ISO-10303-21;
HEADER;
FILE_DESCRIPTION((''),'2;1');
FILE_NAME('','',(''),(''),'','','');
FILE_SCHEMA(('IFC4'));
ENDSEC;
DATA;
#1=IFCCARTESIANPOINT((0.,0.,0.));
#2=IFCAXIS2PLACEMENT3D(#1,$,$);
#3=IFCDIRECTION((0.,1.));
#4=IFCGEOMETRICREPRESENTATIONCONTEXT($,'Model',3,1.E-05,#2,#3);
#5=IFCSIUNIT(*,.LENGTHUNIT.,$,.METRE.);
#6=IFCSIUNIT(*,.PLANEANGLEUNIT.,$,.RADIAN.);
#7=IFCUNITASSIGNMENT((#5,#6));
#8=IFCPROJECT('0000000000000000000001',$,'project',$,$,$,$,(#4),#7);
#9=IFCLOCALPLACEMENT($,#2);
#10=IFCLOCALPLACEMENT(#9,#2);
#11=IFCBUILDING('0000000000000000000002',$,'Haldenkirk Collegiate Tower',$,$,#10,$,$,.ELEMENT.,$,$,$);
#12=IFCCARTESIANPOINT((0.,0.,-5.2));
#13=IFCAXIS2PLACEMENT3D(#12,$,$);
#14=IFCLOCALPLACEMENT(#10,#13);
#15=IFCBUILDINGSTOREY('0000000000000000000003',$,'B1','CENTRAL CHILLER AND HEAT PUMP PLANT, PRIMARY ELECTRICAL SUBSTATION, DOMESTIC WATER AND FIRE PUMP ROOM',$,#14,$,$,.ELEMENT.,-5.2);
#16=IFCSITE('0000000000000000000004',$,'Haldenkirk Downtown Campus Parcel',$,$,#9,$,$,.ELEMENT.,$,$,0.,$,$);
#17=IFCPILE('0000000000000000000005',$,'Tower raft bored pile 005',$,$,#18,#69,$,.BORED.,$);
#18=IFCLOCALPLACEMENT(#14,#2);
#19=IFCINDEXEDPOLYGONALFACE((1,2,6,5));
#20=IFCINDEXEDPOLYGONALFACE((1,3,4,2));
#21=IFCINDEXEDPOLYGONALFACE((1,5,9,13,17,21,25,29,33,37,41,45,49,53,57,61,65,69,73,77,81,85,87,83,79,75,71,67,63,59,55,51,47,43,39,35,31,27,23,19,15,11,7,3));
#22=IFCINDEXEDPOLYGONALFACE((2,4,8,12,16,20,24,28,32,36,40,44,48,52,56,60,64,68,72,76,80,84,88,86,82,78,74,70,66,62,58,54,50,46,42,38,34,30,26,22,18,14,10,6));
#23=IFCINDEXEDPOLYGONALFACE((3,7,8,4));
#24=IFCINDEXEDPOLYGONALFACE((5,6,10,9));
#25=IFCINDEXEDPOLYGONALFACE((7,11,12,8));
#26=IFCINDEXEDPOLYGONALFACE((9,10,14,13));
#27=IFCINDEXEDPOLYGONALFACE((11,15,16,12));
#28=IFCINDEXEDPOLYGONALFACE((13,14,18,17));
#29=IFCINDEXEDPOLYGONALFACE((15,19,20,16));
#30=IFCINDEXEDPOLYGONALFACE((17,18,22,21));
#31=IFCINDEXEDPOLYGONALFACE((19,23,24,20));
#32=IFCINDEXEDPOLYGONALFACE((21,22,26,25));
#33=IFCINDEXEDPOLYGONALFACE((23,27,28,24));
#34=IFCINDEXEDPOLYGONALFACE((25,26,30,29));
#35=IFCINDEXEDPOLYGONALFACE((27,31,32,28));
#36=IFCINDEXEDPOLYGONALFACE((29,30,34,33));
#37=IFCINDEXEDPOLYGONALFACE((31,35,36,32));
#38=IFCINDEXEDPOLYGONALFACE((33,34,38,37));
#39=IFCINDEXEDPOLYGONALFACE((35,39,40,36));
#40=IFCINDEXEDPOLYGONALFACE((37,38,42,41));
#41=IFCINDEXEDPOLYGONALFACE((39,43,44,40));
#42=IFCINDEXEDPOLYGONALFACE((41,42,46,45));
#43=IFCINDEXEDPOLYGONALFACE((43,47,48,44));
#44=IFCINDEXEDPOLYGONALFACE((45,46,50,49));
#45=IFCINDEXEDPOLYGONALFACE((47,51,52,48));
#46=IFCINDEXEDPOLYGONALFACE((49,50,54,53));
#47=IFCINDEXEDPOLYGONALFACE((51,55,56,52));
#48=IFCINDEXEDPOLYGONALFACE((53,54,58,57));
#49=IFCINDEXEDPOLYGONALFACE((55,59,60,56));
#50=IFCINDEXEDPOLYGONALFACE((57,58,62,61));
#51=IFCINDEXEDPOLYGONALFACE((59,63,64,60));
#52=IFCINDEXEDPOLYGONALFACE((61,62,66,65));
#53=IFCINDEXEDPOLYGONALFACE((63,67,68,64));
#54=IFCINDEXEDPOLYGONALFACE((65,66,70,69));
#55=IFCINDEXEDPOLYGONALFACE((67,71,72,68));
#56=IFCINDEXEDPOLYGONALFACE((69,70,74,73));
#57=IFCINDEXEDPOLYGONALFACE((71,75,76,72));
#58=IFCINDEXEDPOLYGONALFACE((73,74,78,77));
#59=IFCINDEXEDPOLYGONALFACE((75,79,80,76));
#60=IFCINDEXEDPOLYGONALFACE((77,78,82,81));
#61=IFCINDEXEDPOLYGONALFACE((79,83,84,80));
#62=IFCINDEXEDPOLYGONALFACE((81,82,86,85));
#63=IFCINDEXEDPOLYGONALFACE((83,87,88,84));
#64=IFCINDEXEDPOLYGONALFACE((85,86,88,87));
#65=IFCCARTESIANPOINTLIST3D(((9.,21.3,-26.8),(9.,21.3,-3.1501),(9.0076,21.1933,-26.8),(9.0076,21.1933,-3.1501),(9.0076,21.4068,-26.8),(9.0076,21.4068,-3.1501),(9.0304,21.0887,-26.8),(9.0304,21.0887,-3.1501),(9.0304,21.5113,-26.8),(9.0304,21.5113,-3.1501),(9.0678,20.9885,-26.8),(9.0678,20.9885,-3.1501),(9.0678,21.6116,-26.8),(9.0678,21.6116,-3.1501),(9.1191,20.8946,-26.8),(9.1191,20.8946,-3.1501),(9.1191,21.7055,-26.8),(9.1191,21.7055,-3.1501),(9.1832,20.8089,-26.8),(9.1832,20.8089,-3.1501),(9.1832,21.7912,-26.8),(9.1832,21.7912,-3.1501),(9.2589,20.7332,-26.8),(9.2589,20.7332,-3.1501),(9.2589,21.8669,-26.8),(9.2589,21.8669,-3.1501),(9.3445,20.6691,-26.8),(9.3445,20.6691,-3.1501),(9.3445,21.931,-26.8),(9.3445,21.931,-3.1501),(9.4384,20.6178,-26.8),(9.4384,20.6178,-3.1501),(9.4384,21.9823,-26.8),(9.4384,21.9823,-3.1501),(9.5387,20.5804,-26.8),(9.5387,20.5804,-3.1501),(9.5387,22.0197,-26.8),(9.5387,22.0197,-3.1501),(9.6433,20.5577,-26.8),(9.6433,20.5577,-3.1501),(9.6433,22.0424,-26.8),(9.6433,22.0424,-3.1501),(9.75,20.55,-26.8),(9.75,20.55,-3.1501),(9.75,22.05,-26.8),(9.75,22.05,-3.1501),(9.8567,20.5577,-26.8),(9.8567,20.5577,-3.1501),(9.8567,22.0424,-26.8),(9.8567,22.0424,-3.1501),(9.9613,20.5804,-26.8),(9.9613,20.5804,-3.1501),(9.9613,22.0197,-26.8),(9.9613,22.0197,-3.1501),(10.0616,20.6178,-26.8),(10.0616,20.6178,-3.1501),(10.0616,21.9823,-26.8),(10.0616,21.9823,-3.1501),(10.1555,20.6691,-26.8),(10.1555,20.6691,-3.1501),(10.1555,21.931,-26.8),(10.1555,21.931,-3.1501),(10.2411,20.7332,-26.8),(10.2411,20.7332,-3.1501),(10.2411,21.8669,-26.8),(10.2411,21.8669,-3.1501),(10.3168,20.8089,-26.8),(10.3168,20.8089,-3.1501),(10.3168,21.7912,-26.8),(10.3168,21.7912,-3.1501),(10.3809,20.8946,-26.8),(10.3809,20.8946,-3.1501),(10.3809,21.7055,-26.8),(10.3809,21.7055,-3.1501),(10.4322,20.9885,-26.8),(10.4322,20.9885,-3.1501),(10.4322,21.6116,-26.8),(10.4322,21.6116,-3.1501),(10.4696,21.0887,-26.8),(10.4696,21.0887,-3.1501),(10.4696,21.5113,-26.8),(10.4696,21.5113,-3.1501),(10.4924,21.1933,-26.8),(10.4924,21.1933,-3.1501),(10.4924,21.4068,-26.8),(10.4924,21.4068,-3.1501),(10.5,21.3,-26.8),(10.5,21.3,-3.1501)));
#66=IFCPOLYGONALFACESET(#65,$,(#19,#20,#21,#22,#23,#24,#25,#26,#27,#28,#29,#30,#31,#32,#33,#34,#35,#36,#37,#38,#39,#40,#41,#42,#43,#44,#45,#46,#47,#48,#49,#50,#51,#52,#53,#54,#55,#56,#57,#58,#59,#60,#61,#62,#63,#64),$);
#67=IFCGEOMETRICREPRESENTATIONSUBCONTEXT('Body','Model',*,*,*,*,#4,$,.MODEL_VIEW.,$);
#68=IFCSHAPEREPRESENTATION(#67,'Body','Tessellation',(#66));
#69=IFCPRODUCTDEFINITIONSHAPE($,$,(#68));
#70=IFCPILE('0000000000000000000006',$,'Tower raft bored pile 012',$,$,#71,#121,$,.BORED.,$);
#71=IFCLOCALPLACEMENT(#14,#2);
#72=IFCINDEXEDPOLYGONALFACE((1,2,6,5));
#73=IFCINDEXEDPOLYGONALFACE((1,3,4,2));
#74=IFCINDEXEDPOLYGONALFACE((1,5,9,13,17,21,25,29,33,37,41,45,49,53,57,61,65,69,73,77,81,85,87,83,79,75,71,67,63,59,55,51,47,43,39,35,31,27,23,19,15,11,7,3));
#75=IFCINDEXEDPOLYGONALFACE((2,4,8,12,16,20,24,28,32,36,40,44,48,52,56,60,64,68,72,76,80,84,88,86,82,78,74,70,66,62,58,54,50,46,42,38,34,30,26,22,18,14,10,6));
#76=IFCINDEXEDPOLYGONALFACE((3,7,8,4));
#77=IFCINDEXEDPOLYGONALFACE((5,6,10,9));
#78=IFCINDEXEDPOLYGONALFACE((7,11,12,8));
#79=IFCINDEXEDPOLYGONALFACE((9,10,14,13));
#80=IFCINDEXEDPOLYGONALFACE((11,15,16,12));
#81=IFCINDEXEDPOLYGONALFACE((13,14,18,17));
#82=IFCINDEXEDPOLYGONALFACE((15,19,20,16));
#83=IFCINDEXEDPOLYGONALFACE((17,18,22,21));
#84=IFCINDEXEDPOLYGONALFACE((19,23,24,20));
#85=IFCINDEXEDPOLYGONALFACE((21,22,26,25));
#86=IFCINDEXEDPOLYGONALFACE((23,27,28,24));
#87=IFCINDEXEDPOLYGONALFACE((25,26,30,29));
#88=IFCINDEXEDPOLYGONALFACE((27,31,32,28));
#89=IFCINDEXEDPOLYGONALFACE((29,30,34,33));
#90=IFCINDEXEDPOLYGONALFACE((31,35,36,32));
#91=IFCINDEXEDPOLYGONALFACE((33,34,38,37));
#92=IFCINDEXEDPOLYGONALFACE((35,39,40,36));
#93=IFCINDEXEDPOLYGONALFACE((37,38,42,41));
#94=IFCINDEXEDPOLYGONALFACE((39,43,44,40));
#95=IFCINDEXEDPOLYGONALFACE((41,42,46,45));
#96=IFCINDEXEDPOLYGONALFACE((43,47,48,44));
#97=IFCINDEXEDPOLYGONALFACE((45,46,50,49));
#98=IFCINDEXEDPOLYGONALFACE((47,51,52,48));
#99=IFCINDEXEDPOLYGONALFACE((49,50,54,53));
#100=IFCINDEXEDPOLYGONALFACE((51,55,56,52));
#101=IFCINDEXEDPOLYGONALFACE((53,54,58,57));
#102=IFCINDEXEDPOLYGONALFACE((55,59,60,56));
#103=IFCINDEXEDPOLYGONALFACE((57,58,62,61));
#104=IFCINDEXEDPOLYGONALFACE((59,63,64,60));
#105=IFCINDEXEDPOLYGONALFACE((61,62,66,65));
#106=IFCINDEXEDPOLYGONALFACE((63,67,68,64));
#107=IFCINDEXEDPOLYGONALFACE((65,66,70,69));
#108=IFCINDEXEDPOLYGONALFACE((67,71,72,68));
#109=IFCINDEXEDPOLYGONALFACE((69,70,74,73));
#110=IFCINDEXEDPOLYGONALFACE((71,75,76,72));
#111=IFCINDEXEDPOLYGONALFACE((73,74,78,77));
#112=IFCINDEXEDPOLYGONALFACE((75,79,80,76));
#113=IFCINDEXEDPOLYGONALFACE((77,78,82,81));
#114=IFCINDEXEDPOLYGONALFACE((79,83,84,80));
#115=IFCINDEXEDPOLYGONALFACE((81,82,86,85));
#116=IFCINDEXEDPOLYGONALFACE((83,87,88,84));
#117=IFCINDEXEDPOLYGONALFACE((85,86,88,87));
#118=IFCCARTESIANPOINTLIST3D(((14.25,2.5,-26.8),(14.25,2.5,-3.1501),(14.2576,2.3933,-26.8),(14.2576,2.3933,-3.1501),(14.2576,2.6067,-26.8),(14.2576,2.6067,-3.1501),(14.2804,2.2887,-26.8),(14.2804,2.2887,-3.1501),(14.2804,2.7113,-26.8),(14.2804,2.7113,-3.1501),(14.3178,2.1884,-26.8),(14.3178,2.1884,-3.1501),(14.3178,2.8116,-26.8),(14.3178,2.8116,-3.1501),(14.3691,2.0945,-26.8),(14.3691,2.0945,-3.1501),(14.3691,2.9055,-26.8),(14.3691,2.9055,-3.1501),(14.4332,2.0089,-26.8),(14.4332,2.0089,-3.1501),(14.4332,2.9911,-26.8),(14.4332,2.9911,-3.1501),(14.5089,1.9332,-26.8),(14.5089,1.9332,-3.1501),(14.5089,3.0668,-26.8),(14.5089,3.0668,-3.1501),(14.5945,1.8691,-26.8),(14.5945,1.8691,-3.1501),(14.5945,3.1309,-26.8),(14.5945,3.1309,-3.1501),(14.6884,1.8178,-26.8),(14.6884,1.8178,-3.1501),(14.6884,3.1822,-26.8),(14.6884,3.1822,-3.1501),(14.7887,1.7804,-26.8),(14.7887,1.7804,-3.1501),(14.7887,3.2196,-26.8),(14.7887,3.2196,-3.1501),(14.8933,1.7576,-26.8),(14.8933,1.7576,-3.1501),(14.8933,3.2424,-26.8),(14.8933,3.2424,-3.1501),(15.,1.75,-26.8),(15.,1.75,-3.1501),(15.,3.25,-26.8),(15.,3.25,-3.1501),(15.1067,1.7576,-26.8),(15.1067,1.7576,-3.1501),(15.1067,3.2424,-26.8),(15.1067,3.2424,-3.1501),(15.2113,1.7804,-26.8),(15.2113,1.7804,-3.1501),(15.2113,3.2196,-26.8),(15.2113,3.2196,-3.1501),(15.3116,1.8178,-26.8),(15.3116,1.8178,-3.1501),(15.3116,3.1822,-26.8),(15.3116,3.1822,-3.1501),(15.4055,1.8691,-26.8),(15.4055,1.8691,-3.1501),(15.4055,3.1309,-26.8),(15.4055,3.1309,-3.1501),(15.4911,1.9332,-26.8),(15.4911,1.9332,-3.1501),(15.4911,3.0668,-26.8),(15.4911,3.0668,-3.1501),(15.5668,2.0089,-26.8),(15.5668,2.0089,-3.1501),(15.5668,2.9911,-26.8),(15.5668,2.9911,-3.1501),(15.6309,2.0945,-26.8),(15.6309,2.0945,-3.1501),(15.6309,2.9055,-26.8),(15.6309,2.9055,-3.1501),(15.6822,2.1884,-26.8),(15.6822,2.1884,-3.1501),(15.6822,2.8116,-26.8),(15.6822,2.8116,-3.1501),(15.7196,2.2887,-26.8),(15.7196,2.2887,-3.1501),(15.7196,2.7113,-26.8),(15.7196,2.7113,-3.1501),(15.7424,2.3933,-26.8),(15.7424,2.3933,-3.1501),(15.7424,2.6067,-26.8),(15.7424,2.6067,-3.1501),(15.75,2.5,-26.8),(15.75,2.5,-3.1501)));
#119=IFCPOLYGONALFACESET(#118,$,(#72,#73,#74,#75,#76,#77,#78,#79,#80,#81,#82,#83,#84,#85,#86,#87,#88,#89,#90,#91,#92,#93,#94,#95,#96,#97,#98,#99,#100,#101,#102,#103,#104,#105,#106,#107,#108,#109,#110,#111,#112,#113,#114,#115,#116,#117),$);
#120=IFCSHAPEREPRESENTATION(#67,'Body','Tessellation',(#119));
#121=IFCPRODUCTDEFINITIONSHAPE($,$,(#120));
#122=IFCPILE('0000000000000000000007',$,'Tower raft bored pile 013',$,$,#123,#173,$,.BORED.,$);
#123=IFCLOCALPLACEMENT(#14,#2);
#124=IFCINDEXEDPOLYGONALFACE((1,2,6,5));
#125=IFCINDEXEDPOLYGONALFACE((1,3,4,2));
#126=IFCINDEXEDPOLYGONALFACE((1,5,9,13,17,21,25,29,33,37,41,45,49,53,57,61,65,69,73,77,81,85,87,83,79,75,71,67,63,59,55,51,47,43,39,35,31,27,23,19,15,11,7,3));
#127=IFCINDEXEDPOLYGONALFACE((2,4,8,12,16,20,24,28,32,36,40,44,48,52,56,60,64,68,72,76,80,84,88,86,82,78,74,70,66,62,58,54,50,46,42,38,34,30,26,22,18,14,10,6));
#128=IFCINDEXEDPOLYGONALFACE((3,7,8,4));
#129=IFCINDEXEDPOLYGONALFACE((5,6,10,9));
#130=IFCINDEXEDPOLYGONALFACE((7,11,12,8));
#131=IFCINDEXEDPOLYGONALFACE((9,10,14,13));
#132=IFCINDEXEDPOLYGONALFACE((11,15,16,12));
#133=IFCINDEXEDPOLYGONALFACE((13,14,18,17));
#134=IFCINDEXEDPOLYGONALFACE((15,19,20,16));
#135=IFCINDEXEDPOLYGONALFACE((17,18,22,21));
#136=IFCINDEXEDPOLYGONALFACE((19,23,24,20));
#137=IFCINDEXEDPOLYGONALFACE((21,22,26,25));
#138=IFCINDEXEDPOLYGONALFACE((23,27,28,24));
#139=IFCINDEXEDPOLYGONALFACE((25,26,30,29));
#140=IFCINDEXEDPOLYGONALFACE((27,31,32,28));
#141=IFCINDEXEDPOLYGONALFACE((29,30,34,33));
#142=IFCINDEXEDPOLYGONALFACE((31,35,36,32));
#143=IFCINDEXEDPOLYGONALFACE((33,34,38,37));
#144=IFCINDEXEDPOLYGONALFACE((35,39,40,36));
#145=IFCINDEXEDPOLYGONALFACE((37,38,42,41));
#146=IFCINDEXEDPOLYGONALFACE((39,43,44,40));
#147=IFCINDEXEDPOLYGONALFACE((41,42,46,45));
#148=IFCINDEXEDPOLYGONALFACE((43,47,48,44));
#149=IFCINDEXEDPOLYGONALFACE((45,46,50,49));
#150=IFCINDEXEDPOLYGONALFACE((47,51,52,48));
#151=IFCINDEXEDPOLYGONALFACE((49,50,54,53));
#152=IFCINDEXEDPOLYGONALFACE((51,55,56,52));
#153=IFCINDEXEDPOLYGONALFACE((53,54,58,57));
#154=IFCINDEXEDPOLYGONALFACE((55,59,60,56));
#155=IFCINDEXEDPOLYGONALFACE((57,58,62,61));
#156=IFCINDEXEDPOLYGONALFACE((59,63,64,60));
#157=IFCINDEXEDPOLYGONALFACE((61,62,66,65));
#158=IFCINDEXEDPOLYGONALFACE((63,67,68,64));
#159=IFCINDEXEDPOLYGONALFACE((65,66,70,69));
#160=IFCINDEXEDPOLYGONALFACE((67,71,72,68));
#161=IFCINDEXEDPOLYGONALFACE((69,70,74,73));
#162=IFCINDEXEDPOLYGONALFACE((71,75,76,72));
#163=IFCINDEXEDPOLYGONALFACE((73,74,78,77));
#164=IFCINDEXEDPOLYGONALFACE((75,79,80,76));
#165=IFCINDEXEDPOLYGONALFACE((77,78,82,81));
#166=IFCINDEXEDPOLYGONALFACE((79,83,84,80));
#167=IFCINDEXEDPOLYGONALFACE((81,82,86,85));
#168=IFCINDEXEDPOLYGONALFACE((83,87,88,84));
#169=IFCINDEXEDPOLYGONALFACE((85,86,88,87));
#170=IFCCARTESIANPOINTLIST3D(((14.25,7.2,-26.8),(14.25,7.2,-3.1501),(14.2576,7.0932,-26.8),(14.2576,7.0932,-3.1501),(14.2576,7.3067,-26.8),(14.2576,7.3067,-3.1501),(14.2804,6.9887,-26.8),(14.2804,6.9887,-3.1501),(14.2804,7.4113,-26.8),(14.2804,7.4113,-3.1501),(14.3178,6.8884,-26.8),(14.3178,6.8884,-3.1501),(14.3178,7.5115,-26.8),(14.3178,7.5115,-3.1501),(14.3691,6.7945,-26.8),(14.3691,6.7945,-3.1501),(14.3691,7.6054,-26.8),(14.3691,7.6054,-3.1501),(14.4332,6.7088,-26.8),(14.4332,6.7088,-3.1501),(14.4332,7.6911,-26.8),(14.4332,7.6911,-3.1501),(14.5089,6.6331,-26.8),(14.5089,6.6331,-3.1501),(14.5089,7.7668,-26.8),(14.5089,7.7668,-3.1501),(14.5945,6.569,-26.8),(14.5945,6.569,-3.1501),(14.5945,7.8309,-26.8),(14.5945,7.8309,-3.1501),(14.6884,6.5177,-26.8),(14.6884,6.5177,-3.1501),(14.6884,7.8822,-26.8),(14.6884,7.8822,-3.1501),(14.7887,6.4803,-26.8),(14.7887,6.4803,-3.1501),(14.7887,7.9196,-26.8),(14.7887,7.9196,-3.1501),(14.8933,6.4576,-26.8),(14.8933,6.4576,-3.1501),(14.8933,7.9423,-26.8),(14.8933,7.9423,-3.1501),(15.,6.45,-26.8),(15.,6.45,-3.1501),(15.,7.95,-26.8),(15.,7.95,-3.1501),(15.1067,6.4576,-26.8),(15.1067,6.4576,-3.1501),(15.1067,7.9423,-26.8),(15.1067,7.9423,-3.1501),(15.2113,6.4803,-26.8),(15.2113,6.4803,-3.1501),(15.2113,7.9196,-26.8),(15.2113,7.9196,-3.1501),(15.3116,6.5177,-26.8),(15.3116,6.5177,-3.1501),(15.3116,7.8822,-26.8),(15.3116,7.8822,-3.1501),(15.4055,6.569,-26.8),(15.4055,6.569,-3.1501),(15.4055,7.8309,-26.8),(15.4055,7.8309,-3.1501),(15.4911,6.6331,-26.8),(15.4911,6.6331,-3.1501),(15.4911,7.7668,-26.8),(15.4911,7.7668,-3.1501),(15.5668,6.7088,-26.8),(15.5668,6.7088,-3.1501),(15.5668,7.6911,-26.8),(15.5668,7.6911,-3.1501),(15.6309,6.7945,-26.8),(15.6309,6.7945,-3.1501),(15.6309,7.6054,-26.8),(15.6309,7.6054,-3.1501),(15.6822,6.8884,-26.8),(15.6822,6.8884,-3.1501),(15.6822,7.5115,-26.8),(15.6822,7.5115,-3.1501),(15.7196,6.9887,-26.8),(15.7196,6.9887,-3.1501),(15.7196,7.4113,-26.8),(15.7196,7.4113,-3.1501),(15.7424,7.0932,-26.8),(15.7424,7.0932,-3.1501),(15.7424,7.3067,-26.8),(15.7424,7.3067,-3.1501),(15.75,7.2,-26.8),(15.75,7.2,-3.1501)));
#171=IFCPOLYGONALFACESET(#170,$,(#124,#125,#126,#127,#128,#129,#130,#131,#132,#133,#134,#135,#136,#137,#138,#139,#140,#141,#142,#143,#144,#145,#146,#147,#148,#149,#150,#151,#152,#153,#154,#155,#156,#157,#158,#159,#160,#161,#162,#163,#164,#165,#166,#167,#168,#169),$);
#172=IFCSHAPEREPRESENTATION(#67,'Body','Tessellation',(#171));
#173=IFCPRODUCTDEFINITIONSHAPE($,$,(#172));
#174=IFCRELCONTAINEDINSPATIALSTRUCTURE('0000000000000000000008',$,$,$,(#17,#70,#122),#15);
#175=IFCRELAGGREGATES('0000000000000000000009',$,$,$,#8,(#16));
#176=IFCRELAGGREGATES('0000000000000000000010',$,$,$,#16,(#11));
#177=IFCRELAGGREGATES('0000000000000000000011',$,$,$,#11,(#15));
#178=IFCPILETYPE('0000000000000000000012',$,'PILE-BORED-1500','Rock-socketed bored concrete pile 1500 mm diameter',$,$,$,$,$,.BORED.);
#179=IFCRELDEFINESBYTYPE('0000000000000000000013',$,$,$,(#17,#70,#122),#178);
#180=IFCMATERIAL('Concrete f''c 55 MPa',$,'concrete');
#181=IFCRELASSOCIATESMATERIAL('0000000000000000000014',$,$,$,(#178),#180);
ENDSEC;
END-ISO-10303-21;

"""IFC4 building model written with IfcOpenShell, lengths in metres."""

from ifc_helpers import new_model, si_unit, direction, frame, origin, origin_2d, place, context, subcontext, project, spatial, circle, extrude, material, material_profile, profile_set, type_object, element, save


model = new_model("IFC4")

# Units and contexts
model_context = context("Model", 3, precision=1e-05, world=origin(), true_north=direction((0.0, 1.0)))
body_context = subcontext(model_context, "Body", "Model", "MODEL_VIEW")
ifc_project = project(units=[si_unit("LENGTHUNIT", "METRE"), si_unit("PLANEANGLEUNIT", "RADIAN")], contexts=[model_context])

# Site, building, storey
site_placement = place(None, origin())
site = spatial("IfcSite", under=ifc_project, at=site_placement, Name="Haldenkirk Downtown Campus Parcel", CompositionType="ELEMENT", RefElevation=0.0)
building_placement = place(site_placement, origin())
building = spatial("IfcBuilding", under=site, at=building_placement, Name="Haldenkirk Collegiate Tower", CompositionType="ELEMENT")
storey_placement = place(building_placement, frame((0.0, 0.0, -5.2)))
storey = spatial("IfcBuildingStorey", under=building, at=storey_placement, Name="B1", Description="CENTRAL CHILLER AND HEAT PUMP PLANT, PRIMARY ELECTRICAL SUBSTATION, DOMESTIC WATER AND FIRE PUMP ROOM", CompositionType="ELEMENT", Elevation=-5.2)

# Shared definitions
ifc_material_1 = material(Name="Concrete f'c 55 MPa", Category="concrete")

# Piles
ifc_material_profile_1 = material_profile(ifc_material_1, circle(Radius=0.75, at=origin_2d()), Name="PILE1500")
ifc_profile_set_1 = profile_set([ifc_material_profile_1], Name="Concrete f'c 55 MPa")
pile_type_1 = type_object("IfcPileType", Name="PILE-BORED-1500", Description="Rock-socketed bored concrete pile 1500 mm diameter", PredefinedType="BORED", material=ifc_profile_set_1)
for number, where, z_axis, x_axis, name in (
    (1, (9.75, 21.3, -3.1501), (0.0, 0.0, -1.0), (1.0, 0.0, 0.0), "Tower raft bored pile 005"),
    (2, (15.0, 2.5, -3.1501), (0.0, 0.0, -1.0), (1.0, 0.0, 0.0), "Tower raft bored pile 012"),
    (3, (15.0, 7.2, -3.1501), (0.0, 0.0, -1.0), (1.0, 0.0, 0.0), "Tower raft bored pile 013"),
):
    element("IfcPile", number, at=place(storey_placement, frame(where, z_axis=z_axis, x_axis=x_axis)), inside=storey, type_object=pile_type_1, Name=name, PredefinedType="BORED", context=body_context, shape_type="SweptSolid", body=[
        extrude(circle(Radius=0.75, at=origin_2d()), origin(), (0.0, 0.0, 1.0), 23.6499),
    ])

save(model, "model.ifc")
